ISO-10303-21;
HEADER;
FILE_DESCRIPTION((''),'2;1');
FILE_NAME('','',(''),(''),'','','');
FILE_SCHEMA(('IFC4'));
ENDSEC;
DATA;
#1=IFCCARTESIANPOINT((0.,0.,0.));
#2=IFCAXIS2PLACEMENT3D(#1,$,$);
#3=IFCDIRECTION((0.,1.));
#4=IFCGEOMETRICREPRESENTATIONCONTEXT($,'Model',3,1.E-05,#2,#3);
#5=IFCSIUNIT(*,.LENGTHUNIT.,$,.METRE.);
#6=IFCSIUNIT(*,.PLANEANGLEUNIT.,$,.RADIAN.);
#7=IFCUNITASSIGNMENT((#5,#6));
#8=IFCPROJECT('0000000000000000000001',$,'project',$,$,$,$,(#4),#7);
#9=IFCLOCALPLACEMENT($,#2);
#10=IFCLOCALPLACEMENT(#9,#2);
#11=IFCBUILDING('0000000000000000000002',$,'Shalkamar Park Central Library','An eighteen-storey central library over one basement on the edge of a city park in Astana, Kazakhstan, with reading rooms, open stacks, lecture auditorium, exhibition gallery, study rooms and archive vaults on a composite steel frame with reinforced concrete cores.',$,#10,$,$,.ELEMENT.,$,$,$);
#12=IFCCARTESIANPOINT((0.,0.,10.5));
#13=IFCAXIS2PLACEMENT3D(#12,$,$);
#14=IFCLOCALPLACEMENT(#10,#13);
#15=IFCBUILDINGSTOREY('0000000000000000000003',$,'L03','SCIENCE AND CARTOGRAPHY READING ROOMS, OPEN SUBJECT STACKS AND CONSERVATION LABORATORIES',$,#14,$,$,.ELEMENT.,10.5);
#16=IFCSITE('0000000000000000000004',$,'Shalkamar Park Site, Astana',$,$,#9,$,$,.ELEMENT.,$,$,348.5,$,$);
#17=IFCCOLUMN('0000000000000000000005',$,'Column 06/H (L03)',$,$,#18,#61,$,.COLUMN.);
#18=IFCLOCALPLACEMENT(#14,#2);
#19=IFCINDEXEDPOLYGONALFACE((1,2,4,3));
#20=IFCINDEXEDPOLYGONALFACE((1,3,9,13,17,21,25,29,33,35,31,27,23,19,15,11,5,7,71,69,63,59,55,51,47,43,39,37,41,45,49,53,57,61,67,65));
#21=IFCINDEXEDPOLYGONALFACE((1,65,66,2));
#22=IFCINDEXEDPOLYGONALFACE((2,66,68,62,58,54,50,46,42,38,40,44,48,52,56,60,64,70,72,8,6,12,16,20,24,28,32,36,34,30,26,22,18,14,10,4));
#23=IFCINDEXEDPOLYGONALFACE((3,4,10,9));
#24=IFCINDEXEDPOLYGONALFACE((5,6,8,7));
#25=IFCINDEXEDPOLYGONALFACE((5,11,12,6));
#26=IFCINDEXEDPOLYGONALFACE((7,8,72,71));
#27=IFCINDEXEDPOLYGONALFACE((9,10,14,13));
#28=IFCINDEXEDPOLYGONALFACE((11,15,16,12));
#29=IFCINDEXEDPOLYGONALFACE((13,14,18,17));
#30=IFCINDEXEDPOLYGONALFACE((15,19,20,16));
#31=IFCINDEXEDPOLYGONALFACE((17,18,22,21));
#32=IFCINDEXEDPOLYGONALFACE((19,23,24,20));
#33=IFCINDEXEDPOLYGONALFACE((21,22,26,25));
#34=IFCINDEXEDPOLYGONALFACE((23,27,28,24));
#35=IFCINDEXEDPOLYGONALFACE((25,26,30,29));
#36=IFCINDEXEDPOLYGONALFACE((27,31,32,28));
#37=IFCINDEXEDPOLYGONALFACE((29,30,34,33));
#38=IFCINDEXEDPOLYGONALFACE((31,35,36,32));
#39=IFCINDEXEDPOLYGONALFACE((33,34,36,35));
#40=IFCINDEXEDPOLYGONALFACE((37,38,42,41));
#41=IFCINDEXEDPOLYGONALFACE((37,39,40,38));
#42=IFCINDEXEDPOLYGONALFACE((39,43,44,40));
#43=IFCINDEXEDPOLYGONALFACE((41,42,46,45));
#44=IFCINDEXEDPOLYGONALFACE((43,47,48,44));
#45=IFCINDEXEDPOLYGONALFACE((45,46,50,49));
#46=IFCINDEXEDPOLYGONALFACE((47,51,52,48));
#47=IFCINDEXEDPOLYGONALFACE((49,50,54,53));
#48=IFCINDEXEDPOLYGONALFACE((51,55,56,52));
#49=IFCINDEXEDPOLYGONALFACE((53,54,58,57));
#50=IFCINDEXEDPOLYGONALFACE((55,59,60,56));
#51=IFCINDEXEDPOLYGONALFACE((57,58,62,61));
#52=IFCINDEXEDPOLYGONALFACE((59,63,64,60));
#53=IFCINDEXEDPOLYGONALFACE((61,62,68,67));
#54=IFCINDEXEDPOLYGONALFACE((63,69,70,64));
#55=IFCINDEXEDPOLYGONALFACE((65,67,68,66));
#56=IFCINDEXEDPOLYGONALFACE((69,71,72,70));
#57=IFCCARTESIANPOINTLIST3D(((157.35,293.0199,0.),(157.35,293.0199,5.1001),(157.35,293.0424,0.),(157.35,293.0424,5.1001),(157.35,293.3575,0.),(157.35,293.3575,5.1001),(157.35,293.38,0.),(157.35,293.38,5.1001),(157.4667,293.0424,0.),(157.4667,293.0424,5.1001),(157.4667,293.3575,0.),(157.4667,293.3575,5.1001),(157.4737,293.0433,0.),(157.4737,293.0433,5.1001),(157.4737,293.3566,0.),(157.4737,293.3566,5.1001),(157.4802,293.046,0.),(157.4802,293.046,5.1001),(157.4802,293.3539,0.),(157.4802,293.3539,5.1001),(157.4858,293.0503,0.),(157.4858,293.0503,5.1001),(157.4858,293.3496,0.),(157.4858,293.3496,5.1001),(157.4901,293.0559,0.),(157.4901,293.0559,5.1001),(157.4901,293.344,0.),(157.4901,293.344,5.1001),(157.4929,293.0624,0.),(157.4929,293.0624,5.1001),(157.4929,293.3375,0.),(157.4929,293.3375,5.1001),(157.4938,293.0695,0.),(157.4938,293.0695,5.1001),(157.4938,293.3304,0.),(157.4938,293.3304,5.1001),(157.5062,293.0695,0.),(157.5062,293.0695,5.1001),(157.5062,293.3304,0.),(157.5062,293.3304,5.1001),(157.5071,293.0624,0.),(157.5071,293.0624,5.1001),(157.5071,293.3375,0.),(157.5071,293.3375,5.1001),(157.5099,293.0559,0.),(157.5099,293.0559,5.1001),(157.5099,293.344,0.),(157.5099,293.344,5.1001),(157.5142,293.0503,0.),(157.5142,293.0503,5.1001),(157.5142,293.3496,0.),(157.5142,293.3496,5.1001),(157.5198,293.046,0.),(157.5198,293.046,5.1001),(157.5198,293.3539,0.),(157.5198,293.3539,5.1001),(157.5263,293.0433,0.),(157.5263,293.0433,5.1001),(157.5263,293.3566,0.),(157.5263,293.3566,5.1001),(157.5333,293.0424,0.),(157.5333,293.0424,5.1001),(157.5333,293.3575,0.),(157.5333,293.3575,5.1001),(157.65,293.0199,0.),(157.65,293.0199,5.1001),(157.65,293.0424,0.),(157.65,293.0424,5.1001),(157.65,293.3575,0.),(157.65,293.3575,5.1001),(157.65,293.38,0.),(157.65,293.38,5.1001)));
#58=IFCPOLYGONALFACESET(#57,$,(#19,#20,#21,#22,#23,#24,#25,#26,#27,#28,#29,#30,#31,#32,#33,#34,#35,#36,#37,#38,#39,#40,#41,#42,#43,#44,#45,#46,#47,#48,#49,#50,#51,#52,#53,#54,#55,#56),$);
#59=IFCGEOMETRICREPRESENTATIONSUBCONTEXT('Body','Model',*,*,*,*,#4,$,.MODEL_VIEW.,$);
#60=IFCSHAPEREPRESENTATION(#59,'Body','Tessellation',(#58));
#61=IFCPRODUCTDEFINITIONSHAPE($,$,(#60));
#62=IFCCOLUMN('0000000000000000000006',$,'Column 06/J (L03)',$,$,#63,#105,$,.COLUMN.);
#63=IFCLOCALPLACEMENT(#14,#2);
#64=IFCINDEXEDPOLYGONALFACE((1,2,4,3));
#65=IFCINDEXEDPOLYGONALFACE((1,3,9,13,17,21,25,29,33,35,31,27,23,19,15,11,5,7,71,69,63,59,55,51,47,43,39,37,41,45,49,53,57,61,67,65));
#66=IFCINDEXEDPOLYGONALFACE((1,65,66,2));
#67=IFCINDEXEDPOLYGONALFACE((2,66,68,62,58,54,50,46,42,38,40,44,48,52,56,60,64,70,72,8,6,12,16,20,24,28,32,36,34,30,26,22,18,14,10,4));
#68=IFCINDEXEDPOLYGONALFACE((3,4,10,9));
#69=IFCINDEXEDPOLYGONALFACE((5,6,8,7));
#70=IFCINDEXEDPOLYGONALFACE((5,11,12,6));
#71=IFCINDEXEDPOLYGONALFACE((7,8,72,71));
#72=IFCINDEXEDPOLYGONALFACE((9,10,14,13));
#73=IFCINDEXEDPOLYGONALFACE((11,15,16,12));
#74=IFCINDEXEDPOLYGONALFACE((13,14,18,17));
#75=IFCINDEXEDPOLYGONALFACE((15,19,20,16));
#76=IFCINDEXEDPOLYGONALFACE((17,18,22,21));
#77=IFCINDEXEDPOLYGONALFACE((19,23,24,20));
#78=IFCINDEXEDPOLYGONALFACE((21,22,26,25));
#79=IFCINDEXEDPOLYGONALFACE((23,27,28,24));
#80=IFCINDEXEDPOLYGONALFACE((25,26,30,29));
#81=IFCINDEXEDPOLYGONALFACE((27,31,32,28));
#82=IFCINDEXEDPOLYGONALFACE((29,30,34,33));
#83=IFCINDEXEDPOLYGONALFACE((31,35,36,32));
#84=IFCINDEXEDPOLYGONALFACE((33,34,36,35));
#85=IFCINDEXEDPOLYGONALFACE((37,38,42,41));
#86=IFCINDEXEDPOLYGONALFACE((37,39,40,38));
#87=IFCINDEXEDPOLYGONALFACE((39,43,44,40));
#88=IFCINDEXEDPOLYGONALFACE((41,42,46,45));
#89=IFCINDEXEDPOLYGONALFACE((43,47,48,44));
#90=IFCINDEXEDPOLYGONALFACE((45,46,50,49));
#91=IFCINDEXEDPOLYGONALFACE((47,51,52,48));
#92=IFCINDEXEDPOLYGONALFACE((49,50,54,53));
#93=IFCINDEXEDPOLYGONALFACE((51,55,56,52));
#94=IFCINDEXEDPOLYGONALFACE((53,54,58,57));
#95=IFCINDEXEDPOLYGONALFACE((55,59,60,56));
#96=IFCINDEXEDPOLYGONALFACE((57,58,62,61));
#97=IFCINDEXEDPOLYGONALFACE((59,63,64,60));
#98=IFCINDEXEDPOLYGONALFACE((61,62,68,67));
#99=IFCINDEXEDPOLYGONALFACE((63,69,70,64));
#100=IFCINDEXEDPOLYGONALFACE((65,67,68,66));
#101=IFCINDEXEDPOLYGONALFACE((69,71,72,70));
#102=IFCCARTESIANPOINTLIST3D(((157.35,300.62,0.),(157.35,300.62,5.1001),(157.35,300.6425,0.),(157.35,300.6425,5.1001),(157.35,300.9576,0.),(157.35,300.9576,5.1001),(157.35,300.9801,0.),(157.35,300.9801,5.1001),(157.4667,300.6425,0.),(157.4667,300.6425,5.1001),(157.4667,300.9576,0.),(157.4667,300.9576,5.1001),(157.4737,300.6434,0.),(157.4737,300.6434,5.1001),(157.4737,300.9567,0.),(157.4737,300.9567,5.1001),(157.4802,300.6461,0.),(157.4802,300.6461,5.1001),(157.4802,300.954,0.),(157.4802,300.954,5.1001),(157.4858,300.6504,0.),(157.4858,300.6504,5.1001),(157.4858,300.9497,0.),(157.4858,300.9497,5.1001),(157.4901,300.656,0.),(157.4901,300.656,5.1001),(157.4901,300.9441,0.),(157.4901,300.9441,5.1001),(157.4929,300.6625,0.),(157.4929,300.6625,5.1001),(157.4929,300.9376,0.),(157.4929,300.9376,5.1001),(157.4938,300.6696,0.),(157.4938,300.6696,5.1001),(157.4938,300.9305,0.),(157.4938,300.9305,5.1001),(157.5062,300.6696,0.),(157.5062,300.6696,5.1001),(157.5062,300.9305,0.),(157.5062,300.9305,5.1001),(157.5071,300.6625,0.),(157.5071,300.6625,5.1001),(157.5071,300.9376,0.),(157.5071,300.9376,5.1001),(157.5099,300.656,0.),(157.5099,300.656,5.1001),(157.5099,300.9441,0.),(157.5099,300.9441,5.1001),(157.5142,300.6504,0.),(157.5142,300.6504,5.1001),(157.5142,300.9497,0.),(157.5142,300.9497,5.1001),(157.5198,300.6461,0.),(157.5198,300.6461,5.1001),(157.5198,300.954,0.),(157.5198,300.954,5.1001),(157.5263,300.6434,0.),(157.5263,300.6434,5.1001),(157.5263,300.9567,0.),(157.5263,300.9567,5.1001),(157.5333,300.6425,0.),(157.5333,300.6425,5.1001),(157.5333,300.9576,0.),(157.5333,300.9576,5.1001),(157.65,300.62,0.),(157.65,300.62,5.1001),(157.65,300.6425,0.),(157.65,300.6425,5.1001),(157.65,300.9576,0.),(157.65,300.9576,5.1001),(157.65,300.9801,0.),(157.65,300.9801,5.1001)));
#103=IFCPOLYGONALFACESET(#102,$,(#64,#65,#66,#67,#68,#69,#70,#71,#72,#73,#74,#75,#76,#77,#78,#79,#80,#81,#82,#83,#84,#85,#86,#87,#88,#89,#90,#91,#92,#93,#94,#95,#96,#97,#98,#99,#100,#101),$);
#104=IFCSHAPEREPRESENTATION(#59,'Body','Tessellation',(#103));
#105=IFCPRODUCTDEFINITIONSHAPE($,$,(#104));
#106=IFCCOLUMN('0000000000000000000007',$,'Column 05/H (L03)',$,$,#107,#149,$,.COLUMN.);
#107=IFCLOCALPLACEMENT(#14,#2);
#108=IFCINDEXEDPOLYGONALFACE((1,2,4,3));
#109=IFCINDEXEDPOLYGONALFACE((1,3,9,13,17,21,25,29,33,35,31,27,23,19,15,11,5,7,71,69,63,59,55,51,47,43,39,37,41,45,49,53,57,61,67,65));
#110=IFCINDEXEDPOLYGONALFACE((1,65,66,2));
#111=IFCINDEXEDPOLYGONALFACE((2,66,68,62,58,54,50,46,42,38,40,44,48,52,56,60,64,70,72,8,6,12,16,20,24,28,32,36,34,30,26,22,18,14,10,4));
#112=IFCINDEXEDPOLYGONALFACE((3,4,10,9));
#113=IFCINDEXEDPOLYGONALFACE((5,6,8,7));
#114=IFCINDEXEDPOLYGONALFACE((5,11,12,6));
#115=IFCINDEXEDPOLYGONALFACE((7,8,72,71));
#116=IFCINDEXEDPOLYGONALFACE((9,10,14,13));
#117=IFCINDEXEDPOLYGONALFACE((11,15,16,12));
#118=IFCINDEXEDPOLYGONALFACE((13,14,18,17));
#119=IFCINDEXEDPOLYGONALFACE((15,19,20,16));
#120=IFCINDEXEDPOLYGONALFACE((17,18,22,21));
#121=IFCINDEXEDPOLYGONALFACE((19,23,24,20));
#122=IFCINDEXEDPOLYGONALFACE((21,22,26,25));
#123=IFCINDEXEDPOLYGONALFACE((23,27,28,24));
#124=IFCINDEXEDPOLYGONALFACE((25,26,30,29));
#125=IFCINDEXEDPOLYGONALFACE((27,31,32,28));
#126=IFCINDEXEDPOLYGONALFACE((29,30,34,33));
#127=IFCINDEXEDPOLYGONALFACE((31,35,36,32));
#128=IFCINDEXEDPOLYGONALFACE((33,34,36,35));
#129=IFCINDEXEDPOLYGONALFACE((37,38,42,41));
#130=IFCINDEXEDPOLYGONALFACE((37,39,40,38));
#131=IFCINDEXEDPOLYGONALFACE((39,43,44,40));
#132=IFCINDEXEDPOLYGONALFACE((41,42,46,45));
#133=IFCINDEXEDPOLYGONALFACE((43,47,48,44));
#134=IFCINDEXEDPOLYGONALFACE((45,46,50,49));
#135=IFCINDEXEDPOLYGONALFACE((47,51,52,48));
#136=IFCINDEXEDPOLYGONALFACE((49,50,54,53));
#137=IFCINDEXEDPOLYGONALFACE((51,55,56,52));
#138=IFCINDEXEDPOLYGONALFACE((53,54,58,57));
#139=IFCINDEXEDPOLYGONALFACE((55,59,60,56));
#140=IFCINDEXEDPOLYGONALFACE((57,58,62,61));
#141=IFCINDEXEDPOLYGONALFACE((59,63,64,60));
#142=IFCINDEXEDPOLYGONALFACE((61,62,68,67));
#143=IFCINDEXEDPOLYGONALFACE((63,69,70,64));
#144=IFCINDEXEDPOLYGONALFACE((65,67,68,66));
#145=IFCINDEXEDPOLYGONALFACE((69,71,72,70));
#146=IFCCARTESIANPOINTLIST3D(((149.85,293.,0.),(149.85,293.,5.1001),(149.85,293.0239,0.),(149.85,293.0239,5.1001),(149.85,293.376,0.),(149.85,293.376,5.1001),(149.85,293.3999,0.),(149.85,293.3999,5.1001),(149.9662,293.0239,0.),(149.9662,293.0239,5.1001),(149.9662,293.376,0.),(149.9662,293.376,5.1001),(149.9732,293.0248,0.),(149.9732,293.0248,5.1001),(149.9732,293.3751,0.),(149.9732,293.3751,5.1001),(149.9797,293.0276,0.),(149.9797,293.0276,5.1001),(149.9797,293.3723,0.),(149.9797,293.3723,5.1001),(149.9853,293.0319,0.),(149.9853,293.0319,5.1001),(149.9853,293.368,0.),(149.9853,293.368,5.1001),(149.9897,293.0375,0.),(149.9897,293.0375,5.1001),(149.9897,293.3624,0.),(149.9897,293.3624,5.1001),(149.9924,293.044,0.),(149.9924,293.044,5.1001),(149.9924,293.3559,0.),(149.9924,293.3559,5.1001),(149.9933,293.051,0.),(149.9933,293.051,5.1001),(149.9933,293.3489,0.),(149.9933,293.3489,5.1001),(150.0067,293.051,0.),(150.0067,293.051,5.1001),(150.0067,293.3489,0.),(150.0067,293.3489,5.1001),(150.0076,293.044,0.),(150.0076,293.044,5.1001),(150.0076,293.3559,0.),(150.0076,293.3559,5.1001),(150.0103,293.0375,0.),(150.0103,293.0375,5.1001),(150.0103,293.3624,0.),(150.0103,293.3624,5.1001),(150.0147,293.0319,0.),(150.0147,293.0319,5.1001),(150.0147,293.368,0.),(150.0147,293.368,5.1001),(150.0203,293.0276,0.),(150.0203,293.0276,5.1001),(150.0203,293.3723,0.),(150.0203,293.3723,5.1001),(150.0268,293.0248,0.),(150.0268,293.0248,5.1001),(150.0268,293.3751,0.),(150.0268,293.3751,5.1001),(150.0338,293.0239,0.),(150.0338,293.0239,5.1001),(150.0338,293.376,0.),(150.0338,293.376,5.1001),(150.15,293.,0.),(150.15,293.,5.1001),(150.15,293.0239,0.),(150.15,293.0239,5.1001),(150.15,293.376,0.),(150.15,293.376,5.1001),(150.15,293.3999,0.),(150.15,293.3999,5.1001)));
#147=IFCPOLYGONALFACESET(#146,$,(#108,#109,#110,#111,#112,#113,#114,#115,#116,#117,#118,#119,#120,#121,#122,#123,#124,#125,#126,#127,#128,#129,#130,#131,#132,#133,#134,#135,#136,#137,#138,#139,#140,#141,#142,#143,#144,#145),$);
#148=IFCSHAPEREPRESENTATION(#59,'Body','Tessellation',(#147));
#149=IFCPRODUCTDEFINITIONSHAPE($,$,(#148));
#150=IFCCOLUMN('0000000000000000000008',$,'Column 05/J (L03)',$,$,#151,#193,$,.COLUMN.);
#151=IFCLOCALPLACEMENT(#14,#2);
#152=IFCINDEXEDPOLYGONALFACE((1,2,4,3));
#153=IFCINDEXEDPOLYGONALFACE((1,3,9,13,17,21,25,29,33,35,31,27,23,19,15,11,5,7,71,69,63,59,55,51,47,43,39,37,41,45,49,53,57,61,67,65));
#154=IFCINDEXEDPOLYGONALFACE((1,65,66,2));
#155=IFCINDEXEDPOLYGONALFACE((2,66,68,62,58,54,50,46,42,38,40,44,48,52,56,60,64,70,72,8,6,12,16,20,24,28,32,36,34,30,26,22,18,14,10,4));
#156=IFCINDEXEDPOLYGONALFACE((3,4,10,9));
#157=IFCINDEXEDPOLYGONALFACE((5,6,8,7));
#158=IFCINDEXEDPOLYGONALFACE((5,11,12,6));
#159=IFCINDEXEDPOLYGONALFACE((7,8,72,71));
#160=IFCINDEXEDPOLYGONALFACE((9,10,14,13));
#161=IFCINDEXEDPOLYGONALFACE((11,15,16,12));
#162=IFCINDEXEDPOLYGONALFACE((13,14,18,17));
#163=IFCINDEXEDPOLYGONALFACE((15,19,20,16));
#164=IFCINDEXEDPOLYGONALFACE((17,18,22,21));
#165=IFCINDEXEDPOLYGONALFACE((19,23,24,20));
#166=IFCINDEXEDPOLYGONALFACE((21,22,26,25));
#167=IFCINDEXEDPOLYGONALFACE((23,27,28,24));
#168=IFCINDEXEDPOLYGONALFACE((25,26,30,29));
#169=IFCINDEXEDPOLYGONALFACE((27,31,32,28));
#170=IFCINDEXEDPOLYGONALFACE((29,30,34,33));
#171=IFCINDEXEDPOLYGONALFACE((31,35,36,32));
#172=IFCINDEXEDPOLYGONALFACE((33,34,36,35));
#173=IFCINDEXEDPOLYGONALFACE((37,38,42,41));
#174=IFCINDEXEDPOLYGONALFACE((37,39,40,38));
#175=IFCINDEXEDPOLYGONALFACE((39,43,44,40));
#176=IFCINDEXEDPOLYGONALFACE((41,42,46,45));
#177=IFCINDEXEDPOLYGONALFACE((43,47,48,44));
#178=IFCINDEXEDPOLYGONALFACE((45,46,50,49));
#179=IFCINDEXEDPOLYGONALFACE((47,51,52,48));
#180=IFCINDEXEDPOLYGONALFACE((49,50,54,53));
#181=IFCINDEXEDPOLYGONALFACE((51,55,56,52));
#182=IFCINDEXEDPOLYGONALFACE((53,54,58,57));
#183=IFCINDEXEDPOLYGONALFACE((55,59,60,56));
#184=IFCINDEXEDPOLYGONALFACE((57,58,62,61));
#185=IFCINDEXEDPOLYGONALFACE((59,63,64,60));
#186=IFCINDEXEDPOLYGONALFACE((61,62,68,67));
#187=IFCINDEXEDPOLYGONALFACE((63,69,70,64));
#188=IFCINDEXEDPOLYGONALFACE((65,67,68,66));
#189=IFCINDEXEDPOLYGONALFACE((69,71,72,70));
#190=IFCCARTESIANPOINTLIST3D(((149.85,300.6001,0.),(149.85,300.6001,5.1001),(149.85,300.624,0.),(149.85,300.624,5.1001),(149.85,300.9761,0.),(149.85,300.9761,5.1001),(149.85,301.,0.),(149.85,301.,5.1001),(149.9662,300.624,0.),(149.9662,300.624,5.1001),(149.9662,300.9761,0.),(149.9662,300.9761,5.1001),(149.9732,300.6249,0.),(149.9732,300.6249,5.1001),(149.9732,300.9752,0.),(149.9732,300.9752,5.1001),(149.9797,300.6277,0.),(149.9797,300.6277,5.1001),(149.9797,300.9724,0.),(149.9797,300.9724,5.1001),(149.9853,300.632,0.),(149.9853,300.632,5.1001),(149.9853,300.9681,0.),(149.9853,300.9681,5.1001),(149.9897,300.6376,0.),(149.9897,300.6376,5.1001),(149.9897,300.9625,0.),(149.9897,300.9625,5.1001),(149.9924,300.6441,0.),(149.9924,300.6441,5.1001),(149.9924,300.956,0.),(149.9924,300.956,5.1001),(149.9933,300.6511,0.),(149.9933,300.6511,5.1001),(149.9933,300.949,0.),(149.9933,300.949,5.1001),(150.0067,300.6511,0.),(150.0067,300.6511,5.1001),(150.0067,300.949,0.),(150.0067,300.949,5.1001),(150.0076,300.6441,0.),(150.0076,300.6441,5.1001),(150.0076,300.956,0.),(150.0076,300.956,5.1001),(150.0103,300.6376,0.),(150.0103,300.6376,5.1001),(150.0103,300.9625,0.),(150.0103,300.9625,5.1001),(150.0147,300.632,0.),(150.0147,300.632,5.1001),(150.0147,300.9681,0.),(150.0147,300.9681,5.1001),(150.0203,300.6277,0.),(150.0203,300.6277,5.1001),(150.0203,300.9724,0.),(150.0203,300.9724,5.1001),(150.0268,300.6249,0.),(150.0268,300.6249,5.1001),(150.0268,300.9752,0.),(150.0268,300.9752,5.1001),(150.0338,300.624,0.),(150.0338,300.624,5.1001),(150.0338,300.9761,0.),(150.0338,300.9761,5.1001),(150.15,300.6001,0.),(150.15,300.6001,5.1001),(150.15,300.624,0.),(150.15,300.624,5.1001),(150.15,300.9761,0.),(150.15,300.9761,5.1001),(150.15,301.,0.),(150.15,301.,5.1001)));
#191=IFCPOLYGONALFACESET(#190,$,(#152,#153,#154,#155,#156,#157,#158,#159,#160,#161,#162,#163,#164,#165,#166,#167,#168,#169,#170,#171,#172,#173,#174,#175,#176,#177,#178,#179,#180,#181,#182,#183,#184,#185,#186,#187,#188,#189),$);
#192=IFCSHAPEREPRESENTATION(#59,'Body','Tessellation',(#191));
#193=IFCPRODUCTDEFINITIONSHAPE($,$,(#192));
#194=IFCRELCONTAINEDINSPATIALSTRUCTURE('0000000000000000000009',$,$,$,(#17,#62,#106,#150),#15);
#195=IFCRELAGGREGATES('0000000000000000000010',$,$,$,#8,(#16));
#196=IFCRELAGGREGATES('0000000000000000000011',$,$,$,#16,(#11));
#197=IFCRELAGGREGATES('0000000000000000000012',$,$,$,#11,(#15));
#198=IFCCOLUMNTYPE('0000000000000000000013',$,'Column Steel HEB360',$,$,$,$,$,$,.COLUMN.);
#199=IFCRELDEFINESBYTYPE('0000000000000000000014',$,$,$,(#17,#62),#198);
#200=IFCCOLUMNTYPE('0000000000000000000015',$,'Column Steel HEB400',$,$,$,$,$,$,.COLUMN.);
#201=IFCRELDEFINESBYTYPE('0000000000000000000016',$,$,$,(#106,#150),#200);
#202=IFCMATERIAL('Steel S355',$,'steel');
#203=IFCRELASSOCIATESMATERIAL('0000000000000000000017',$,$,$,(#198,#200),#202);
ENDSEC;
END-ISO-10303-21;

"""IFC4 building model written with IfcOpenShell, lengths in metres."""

from ifc_helpers import new_model, si_unit, direction, frame, origin, origin_2d, place, context, subcontext, project, spatial, i_section, extrude, material, material_profile, profile_set, type_object, element, save


model = new_model("IFC4")

# Units and contexts
model_context = context("Model", 3, precision=1e-05, world=origin(), true_north=direction((0.0, 1.0)))
body_context = subcontext(model_context, "Body", "Model", "MODEL_VIEW")
ifc_project = project(units=[si_unit("LENGTHUNIT", "METRE"), si_unit("PLANEANGLEUNIT", "RADIAN")], contexts=[model_context])

# Site, building, storey
site_placement = place(None, origin())
site = spatial("IfcSite", under=ifc_project, at=site_placement, Name="Shalkamar Park Site, Astana", CompositionType="ELEMENT", RefElevation=348.5)
building_placement = place(site_placement, origin())
building = spatial("IfcBuilding", under=site, at=building_placement, Name="Shalkamar Park Central Library", Description="An eighteen-storey central library over one basement on the edge of a city park in Astana, Kazakhstan, with reading rooms, open stacks, lecture auditorium, exhibition gallery, study rooms and archive vaults on a composite steel frame with reinforced concrete cores.", CompositionType="ELEMENT")
storey_placement = place(building_placement, frame((0.0, 0.0, 10.5)))
storey = spatial("IfcBuildingStorey", under=building, at=storey_placement, Name="L03", Description="SCIENCE AND CARTOGRAPHY READING ROOMS, OPEN SUBJECT STACKS AND CONSERVATION LABORATORIES", CompositionType="ELEMENT", Elevation=10.5)

# Columns
ifc_material_1 = material(Name="Steel S355", Category="steel")
ifc_material_profile_1 = material_profile(ifc_material_1, i_section(OverallWidth=0.3, OverallDepth=0.3601, WebThickness=0.0125, FlangeThickness=0.0225, FilletRadius=0.0271, at=origin_2d()), Name="HEB 360")
ifc_profile_set_1 = profile_set([ifc_material_profile_1], Name="Steel S355")
column_type_1 = type_object("IfcColumnType", Name="Column Steel HEB360", PredefinedType="COLUMN", material=ifc_profile_set_1)
for number, where, z_axis, x_axis, name in (
    (1, (157.5, 293.2, 0.0), (0.0, 0.0, 1.0), (1.0, 0.0, 0.0), "Column 06/H (L03)"),
    (2, (157.5, 300.8, 0.0), (0.0, 0.0, 1.0), (1.0, 0.0, 0.0), "Column 06/J (L03)"),
):
    element("IfcColumn", number, at=place(storey_placement, frame(where, z_axis=z_axis, x_axis=x_axis)), inside=storey, type_object=column_type_1, Name=name, PredefinedType="COLUMN", context=body_context, shape_type="SweptSolid", body=[
        extrude(i_section(OverallWidth=0.3, OverallDepth=0.3601, WebThickness=0.0125, FlangeThickness=0.0225, FilletRadius=0.0271, at=origin_2d()), origin(), (0.0, 0.0, 1.0), 5.1001),
    ])
ifc_material_profile_2 = material_profile(ifc_material_1, i_section(OverallWidth=0.3, OverallDepth=0.3999, WebThickness=0.0134, FlangeThickness=0.0239, FilletRadius=0.0271, at=origin_2d()), Name="HEB 400")
ifc_profile_set_2 = profile_set([ifc_material_profile_2], Name="Steel S355")
column_type_2 = type_object("IfcColumnType", Name="Column Steel HEB400", PredefinedType="COLUMN", material=ifc_profile_set_2)
for number, where, z_axis, x_axis, name in (
    (3, (150.0, 293.2, 0.0), (0.0, 0.0, 1.0), (1.0, 0.0, 0.0), "Column 05/H (L03)"),
    (4, (150.0, 300.8, 0.0), (0.0, 0.0, 1.0), (1.0, 0.0, 0.0), "Column 05/J (L03)"),
):
    element("IfcColumn", number, at=place(storey_placement, frame(where, z_axis=z_axis, x_axis=x_axis)), inside=storey, type_object=column_type_2, Name=name, PredefinedType="COLUMN", context=body_context, shape_type="SweptSolid", body=[
        extrude(i_section(OverallWidth=0.3, OverallDepth=0.3999, WebThickness=0.0134, FlangeThickness=0.0239, FilletRadius=0.0271, at=origin_2d()), origin(), (0.0, 0.0, 1.0), 5.1001),
    ])

save(model, "model.ifc")
